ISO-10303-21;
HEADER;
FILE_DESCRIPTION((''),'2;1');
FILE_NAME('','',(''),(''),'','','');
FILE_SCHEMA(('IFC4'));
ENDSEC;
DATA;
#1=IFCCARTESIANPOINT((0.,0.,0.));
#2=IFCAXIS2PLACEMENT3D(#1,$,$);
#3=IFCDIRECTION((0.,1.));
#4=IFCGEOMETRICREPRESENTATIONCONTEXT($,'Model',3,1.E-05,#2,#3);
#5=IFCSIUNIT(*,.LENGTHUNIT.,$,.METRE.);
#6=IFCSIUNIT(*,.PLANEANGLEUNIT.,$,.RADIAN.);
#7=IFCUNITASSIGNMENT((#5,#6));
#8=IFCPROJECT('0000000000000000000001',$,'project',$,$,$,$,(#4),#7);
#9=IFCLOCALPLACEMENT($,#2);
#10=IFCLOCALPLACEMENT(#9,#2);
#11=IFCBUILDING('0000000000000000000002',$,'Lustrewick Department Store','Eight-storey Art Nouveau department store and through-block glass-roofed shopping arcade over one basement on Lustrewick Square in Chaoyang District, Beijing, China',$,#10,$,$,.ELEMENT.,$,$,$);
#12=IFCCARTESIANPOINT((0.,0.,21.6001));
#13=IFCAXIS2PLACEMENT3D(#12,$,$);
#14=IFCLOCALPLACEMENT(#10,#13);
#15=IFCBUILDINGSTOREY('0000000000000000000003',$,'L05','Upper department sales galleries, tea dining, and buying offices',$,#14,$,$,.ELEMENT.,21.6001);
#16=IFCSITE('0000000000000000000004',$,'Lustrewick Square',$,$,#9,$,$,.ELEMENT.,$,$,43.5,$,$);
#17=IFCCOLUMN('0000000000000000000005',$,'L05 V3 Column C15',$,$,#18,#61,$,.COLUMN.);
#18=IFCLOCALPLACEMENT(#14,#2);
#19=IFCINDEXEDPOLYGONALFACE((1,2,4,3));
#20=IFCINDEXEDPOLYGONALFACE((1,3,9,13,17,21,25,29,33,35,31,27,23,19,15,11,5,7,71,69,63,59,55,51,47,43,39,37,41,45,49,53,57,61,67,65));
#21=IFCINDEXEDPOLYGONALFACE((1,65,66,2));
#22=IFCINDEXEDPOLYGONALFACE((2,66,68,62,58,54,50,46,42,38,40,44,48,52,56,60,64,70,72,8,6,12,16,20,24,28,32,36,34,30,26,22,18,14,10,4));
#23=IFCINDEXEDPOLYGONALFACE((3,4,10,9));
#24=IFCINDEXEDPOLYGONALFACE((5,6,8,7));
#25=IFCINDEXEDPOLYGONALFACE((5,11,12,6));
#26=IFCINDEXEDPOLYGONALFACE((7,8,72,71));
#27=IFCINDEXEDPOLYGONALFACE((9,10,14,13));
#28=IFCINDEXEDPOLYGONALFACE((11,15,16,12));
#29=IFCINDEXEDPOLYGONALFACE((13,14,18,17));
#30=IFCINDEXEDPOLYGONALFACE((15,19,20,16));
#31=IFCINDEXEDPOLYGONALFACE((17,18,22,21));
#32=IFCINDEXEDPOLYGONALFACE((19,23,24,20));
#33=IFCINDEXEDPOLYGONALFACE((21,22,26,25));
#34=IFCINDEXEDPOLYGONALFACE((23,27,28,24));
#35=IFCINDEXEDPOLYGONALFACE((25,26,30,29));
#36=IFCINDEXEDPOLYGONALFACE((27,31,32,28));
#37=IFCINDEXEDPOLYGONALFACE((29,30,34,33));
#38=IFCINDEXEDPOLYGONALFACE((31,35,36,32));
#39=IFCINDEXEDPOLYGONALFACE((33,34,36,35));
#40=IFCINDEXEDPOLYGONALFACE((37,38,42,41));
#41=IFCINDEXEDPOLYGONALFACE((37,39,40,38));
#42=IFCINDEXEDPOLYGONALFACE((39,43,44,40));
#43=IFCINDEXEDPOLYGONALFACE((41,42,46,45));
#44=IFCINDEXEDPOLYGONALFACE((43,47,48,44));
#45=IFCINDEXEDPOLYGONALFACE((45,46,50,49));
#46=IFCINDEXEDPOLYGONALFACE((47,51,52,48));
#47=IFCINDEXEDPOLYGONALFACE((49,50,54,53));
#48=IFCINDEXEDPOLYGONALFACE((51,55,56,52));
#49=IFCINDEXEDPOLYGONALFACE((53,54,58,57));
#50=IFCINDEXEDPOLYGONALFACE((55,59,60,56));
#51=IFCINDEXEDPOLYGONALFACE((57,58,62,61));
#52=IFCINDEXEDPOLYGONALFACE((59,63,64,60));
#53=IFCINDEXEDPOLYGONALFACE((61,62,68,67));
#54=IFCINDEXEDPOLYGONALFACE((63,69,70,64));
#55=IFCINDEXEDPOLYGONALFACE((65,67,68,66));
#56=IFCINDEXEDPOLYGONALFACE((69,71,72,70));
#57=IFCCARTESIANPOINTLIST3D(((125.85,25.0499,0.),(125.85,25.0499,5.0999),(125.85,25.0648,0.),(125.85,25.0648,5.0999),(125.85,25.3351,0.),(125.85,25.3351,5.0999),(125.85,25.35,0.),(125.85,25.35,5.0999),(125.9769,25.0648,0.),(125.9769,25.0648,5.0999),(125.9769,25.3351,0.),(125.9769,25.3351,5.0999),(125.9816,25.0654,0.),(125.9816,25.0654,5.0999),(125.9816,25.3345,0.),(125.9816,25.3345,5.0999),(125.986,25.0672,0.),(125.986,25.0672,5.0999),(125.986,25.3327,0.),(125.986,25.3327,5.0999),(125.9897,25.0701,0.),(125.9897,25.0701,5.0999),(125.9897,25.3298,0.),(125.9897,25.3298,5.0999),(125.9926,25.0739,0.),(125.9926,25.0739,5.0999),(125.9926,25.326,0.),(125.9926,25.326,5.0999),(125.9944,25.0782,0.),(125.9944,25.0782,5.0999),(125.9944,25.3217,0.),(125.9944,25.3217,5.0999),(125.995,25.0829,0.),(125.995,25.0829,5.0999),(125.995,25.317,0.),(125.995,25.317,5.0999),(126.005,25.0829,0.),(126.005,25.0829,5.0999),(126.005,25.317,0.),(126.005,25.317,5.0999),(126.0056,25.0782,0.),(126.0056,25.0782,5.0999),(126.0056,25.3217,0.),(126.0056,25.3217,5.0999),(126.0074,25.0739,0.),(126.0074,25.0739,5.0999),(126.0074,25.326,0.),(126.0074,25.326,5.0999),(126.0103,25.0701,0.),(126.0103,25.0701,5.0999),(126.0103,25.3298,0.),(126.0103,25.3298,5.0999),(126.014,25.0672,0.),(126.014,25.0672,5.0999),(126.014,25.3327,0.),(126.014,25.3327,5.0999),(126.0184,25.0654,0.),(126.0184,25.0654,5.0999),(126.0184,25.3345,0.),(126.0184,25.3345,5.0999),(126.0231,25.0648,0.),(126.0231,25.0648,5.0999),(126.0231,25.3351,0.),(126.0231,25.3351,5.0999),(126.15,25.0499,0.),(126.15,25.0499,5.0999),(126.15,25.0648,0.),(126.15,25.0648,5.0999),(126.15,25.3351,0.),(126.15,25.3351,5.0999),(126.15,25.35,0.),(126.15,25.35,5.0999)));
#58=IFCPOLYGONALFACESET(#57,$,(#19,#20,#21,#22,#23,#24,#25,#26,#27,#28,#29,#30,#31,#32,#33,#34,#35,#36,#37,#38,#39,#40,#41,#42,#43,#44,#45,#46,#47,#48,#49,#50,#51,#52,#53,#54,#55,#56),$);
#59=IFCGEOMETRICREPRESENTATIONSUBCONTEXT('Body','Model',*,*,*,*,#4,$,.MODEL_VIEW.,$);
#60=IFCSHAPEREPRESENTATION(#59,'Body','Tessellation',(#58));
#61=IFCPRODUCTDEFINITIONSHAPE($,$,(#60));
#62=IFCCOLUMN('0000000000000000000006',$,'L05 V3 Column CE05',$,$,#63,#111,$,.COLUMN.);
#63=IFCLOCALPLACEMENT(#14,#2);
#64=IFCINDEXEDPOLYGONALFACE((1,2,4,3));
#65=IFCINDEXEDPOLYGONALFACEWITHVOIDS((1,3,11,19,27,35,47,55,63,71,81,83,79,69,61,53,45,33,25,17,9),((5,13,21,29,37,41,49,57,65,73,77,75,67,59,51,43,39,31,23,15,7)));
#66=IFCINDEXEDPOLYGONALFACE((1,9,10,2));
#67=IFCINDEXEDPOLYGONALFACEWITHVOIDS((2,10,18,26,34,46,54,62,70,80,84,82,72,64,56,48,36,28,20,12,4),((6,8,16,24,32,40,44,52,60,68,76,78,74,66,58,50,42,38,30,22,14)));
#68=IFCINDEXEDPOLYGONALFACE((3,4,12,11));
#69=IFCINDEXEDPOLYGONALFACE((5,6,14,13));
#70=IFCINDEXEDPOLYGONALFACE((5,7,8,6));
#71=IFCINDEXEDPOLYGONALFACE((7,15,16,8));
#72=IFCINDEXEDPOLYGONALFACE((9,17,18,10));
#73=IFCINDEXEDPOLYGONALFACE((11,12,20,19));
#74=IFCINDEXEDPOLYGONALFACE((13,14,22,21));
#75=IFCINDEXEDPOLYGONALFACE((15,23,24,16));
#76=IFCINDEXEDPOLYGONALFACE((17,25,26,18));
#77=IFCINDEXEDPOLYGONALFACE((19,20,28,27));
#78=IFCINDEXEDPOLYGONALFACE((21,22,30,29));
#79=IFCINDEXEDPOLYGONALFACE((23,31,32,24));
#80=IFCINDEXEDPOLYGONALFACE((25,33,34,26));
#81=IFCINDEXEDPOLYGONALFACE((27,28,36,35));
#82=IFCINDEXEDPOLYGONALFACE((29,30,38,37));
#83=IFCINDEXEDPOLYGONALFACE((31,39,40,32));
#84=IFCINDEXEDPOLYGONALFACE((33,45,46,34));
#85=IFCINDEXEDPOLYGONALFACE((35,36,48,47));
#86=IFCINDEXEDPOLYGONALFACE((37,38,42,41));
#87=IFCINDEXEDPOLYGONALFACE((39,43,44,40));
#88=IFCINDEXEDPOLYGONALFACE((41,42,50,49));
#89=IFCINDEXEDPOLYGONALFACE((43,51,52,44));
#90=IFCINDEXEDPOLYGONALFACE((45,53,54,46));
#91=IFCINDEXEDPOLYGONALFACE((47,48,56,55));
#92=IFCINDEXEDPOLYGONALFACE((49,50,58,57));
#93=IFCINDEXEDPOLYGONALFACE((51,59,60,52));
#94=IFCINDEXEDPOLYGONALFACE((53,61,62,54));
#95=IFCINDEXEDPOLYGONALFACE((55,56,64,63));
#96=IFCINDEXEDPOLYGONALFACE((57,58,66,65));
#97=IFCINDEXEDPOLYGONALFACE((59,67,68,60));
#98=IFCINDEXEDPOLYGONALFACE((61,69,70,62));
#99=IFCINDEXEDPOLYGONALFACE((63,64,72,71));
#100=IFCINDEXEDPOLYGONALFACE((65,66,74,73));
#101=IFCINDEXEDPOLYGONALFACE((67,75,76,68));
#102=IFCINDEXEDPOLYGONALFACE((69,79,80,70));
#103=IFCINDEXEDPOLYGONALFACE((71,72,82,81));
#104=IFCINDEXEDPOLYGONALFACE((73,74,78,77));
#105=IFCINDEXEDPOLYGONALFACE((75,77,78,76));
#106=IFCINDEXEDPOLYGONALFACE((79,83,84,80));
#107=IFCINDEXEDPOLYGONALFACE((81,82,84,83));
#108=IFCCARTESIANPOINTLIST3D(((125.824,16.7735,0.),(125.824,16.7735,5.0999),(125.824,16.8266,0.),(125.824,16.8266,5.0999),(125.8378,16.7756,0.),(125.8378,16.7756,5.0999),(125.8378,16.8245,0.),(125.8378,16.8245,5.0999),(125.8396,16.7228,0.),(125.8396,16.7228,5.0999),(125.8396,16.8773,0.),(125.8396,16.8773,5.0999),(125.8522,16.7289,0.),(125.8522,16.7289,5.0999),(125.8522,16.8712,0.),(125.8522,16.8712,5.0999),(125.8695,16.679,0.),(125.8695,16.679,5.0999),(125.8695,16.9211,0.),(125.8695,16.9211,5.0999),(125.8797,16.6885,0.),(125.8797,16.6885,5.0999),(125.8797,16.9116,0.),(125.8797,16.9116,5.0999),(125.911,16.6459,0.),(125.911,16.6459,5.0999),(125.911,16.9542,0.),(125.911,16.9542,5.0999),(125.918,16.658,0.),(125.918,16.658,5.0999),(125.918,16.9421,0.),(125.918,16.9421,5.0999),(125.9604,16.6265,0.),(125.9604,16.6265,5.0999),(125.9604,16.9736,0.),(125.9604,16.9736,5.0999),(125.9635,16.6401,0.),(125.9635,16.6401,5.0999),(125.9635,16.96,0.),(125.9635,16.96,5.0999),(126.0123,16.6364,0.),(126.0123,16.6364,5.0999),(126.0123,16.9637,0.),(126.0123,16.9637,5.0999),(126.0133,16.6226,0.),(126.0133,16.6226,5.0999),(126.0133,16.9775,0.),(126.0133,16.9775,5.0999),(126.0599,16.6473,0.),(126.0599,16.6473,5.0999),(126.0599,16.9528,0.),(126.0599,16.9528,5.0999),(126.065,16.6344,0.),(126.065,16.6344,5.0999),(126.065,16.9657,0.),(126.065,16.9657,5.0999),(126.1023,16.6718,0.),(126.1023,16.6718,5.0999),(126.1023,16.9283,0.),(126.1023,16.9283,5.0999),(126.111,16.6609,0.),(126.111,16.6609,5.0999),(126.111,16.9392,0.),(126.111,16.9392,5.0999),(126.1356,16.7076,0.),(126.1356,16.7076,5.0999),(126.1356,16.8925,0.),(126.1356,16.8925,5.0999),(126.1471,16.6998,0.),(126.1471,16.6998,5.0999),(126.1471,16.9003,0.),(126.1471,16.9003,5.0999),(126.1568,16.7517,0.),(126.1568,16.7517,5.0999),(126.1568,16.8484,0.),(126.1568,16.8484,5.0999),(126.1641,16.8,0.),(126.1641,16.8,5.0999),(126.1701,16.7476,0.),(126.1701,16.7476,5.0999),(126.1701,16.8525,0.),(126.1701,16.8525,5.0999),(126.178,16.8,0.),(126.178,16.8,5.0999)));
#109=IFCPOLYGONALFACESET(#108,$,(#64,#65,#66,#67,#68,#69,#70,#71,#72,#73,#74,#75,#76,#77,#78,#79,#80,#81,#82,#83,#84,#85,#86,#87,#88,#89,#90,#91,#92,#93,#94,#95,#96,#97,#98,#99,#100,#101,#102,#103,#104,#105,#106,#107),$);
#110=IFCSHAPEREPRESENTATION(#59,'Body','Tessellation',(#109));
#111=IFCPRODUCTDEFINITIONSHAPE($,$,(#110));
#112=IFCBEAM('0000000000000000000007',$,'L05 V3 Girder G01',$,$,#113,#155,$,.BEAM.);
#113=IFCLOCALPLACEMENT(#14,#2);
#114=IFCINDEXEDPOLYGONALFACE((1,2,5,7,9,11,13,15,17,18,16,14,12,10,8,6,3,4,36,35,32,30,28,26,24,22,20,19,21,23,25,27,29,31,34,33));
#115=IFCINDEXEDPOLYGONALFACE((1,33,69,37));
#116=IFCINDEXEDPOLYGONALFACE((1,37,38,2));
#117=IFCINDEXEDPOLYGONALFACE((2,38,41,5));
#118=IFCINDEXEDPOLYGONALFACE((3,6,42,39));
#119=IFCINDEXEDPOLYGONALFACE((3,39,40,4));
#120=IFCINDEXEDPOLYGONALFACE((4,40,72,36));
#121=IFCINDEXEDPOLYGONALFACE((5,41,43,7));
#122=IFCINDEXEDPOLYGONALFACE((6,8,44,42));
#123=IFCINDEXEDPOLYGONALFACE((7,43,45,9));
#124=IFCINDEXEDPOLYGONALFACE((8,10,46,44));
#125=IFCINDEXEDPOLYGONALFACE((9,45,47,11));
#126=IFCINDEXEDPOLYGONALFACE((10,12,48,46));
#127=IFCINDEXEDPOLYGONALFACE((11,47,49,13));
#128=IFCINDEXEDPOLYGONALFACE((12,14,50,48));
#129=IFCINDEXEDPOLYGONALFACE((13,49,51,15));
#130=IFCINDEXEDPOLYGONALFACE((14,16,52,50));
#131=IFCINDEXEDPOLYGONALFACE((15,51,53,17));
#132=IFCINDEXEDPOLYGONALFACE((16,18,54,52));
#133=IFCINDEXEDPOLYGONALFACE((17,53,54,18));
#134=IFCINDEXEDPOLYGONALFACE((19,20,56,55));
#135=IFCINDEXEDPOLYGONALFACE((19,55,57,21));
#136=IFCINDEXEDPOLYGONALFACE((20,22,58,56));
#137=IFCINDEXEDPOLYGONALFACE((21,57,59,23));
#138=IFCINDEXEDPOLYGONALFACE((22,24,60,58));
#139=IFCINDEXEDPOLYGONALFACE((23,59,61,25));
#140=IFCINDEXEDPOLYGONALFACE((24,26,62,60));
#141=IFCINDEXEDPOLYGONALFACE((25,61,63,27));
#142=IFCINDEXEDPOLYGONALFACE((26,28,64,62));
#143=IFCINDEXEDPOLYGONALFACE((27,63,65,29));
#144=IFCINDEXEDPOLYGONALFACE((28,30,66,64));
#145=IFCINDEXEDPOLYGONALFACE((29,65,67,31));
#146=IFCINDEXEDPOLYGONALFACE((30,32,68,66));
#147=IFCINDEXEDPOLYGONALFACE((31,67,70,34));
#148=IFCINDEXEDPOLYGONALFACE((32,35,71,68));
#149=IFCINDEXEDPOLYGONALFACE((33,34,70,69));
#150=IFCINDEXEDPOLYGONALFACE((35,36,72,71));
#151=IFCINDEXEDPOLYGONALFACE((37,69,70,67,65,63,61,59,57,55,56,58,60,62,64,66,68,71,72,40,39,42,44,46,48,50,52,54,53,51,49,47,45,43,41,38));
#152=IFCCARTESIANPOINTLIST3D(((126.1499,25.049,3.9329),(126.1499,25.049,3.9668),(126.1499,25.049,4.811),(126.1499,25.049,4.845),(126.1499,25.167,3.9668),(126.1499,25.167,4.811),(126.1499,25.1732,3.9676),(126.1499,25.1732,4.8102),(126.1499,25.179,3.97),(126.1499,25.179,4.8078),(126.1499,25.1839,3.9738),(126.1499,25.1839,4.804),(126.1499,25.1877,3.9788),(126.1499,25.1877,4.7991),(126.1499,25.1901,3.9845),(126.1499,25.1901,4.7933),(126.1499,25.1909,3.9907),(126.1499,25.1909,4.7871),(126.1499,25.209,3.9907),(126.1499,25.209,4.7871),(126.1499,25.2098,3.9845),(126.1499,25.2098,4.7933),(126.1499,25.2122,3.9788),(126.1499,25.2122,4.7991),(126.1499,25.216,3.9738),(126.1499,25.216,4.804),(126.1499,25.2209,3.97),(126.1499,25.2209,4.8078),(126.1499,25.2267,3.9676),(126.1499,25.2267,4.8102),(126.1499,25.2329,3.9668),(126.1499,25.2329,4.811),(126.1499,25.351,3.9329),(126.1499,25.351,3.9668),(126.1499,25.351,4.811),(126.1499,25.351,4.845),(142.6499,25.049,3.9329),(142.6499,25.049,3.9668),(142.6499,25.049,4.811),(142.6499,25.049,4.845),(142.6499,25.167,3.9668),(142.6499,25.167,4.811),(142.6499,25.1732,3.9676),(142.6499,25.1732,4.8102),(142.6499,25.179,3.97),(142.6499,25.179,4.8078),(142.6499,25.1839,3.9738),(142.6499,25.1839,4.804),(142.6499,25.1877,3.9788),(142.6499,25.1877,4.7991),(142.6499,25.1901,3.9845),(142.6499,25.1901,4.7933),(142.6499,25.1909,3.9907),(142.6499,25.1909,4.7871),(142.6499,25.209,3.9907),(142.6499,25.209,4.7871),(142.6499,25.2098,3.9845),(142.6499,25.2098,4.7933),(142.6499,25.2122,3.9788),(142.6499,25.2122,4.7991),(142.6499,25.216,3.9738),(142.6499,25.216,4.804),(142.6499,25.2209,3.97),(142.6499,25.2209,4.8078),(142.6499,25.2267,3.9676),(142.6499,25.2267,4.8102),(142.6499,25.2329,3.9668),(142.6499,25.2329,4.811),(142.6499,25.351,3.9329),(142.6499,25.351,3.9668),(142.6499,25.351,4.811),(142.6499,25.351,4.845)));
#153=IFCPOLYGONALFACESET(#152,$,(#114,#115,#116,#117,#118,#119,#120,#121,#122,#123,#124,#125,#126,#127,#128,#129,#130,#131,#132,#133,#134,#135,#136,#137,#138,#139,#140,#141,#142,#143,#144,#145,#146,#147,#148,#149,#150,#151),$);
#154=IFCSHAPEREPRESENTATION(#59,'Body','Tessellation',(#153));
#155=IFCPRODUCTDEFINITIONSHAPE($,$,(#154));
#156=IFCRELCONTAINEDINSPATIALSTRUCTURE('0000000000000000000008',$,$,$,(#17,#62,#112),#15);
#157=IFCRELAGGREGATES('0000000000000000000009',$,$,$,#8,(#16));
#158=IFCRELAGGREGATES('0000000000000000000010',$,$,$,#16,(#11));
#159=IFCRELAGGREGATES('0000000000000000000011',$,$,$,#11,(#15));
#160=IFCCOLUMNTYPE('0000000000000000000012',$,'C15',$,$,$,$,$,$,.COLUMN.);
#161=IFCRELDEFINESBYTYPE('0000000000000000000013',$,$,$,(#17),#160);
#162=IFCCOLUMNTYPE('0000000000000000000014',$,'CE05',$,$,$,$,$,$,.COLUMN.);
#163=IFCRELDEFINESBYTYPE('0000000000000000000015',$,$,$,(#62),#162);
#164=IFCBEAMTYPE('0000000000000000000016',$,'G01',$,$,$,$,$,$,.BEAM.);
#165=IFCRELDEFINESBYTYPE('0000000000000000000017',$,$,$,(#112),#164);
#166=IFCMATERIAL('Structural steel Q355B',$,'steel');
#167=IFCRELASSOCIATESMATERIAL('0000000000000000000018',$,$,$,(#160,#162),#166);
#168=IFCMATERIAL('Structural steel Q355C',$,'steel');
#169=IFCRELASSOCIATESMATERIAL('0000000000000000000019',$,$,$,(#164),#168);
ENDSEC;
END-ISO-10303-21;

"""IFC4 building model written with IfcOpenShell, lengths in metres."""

from ifc_helpers import new_model, si_unit, direction, frame, origin, origin_2d, place, context, subcontext, project, spatial, hollow_circle, i_section, extrude, material, material_profile, profile_set, type_object, element, save


model = new_model("IFC4")

# Units and contexts
model_context = context("Model", 3, precision=1e-05, world=origin(), true_north=direction((0.0, 1.0)))
body_context = subcontext(model_context, "Body", "Model", "MODEL_VIEW")
ifc_project = project(units=[si_unit("LENGTHUNIT", "METRE"), si_unit("PLANEANGLEUNIT", "RADIAN")], contexts=[model_context])

# Site, building, storey
site_placement = place(None, origin())
site = spatial("IfcSite", under=ifc_project, at=site_placement, Name="Lustrewick Square", CompositionType="ELEMENT", RefElevation=43.5)
building_placement = place(site_placement, origin())
building = spatial("IfcBuilding", under=site, at=building_placement, Name="Lustrewick Department Store", Description="Eight-storey Art Nouveau department store and through-block glass-roofed shopping arcade over one basement on Lustrewick Square in Chaoyang District, Beijing, China", CompositionType="ELEMENT")
storey_placement = place(building_placement, frame((0.0, 0.0, 21.6001)))
storey = spatial("IfcBuildingStorey", under=building, at=storey_placement, Name="L05", Description="Upper department sales galleries, tea dining, and buying offices", CompositionType="ELEMENT", Elevation=21.6001)

# Columns
ifc_material_1 = material(Name="Structural steel Q355B", Category="steel")
ifc_material_profile_1 = material_profile(ifc_material_1, i_section(OverallWidth=0.3, OverallDepth=0.3, WebThickness=0.01, FlangeThickness=0.0149, FilletRadius=0.0181, at=origin_2d()), Name="HW 300x300x10x15")
ifc_profile_set_1 = profile_set([ifc_material_profile_1], Name="Structural steel Q355B")
column_type_1 = type_object("IfcColumnType", Name="C15", PredefinedType="COLUMN", material=ifc_profile_set_1)
column_1_placement = place(storey_placement, frame((126.0, 25.2, 0.0), z_axis=(0.0, 0.0, 1.0), x_axis=(1.0, 0.0, 0.0)))
element("IfcColumn", 1, at=column_1_placement, inside=storey, type_object=column_type_1, Name="L05 V3 Column C15", PredefinedType="COLUMN", context=body_context, shape_type="SweptSolid", body=[
    extrude(i_section(OverallWidth=0.3, OverallDepth=0.3, WebThickness=0.01, FlangeThickness=0.0149, FilletRadius=0.0181, at=origin_2d()), origin(), (0.0, 0.0, 1.0), 5.0999),
])
ifc_material_profile_2 = material_profile(ifc_material_1, hollow_circle(Radius=0.178, WallThickness=0.0139, at=origin_2d()), Name="CHS 356x14")
ifc_profile_set_2 = profile_set([ifc_material_profile_2], Name="Structural steel Q355B")
column_type_2 = type_object("IfcColumnType", Name="CE05", PredefinedType="COLUMN", material=ifc_profile_set_2)
column_2_placement = place(storey_placement, frame((126.0, 16.8, 0.0), z_axis=(0.0, 0.0, 1.0), x_axis=(1.0, 0.0, 0.0)))
element("IfcColumn", 2, at=column_2_placement, inside=storey, type_object=column_type_2, Name="L05 V3 Column CE05", PredefinedType="COLUMN", context=body_context, shape_type="SweptSolid", body=[
    extrude(hollow_circle(Radius=0.178, WallThickness=0.0139, at=origin_2d()), origin(), (0.0, 0.0, 1.0), 5.0999),
])

# Beam
ifc_material_2 = material(Name="Structural steel Q355C", Category="steel")
ifc_material_profile_3 = material_profile(ifc_material_2, i_section(OverallWidth=0.302, OverallDepth=0.9121, WebThickness=0.0181, FlangeThickness=0.0339, FilletRadius=0.0239, at=origin_2d()), Name="HN 912x302x18x34")
ifc_profile_set_3 = profile_set([ifc_material_profile_3], Name="Structural steel Q355C")
beam_type_1 = type_object("IfcBeamType", Name="G01", PredefinedType="BEAM", material=ifc_profile_set_3)
beam_1_placement = place(storey_placement, frame((126.1499, 25.2, 4.3889), z_axis=(1.0, 0.0, 0.0), x_axis=(0.0, 1.0, 0.0)))
element("IfcBeam", 3, at=beam_1_placement, inside=storey, type_object=beam_type_1, Name="L05 V3 Girder G01", PredefinedType="BEAM", context=body_context, shape_type="SweptSolid", body=[
    extrude(i_section(OverallWidth=0.302, OverallDepth=0.9121, WebThickness=0.0181, FlangeThickness=0.0339, FilletRadius=0.0239, at=origin_2d()), origin(), (0.0, 0.0, 1.0), 16.5),
])

save(model, "model.ifc")
